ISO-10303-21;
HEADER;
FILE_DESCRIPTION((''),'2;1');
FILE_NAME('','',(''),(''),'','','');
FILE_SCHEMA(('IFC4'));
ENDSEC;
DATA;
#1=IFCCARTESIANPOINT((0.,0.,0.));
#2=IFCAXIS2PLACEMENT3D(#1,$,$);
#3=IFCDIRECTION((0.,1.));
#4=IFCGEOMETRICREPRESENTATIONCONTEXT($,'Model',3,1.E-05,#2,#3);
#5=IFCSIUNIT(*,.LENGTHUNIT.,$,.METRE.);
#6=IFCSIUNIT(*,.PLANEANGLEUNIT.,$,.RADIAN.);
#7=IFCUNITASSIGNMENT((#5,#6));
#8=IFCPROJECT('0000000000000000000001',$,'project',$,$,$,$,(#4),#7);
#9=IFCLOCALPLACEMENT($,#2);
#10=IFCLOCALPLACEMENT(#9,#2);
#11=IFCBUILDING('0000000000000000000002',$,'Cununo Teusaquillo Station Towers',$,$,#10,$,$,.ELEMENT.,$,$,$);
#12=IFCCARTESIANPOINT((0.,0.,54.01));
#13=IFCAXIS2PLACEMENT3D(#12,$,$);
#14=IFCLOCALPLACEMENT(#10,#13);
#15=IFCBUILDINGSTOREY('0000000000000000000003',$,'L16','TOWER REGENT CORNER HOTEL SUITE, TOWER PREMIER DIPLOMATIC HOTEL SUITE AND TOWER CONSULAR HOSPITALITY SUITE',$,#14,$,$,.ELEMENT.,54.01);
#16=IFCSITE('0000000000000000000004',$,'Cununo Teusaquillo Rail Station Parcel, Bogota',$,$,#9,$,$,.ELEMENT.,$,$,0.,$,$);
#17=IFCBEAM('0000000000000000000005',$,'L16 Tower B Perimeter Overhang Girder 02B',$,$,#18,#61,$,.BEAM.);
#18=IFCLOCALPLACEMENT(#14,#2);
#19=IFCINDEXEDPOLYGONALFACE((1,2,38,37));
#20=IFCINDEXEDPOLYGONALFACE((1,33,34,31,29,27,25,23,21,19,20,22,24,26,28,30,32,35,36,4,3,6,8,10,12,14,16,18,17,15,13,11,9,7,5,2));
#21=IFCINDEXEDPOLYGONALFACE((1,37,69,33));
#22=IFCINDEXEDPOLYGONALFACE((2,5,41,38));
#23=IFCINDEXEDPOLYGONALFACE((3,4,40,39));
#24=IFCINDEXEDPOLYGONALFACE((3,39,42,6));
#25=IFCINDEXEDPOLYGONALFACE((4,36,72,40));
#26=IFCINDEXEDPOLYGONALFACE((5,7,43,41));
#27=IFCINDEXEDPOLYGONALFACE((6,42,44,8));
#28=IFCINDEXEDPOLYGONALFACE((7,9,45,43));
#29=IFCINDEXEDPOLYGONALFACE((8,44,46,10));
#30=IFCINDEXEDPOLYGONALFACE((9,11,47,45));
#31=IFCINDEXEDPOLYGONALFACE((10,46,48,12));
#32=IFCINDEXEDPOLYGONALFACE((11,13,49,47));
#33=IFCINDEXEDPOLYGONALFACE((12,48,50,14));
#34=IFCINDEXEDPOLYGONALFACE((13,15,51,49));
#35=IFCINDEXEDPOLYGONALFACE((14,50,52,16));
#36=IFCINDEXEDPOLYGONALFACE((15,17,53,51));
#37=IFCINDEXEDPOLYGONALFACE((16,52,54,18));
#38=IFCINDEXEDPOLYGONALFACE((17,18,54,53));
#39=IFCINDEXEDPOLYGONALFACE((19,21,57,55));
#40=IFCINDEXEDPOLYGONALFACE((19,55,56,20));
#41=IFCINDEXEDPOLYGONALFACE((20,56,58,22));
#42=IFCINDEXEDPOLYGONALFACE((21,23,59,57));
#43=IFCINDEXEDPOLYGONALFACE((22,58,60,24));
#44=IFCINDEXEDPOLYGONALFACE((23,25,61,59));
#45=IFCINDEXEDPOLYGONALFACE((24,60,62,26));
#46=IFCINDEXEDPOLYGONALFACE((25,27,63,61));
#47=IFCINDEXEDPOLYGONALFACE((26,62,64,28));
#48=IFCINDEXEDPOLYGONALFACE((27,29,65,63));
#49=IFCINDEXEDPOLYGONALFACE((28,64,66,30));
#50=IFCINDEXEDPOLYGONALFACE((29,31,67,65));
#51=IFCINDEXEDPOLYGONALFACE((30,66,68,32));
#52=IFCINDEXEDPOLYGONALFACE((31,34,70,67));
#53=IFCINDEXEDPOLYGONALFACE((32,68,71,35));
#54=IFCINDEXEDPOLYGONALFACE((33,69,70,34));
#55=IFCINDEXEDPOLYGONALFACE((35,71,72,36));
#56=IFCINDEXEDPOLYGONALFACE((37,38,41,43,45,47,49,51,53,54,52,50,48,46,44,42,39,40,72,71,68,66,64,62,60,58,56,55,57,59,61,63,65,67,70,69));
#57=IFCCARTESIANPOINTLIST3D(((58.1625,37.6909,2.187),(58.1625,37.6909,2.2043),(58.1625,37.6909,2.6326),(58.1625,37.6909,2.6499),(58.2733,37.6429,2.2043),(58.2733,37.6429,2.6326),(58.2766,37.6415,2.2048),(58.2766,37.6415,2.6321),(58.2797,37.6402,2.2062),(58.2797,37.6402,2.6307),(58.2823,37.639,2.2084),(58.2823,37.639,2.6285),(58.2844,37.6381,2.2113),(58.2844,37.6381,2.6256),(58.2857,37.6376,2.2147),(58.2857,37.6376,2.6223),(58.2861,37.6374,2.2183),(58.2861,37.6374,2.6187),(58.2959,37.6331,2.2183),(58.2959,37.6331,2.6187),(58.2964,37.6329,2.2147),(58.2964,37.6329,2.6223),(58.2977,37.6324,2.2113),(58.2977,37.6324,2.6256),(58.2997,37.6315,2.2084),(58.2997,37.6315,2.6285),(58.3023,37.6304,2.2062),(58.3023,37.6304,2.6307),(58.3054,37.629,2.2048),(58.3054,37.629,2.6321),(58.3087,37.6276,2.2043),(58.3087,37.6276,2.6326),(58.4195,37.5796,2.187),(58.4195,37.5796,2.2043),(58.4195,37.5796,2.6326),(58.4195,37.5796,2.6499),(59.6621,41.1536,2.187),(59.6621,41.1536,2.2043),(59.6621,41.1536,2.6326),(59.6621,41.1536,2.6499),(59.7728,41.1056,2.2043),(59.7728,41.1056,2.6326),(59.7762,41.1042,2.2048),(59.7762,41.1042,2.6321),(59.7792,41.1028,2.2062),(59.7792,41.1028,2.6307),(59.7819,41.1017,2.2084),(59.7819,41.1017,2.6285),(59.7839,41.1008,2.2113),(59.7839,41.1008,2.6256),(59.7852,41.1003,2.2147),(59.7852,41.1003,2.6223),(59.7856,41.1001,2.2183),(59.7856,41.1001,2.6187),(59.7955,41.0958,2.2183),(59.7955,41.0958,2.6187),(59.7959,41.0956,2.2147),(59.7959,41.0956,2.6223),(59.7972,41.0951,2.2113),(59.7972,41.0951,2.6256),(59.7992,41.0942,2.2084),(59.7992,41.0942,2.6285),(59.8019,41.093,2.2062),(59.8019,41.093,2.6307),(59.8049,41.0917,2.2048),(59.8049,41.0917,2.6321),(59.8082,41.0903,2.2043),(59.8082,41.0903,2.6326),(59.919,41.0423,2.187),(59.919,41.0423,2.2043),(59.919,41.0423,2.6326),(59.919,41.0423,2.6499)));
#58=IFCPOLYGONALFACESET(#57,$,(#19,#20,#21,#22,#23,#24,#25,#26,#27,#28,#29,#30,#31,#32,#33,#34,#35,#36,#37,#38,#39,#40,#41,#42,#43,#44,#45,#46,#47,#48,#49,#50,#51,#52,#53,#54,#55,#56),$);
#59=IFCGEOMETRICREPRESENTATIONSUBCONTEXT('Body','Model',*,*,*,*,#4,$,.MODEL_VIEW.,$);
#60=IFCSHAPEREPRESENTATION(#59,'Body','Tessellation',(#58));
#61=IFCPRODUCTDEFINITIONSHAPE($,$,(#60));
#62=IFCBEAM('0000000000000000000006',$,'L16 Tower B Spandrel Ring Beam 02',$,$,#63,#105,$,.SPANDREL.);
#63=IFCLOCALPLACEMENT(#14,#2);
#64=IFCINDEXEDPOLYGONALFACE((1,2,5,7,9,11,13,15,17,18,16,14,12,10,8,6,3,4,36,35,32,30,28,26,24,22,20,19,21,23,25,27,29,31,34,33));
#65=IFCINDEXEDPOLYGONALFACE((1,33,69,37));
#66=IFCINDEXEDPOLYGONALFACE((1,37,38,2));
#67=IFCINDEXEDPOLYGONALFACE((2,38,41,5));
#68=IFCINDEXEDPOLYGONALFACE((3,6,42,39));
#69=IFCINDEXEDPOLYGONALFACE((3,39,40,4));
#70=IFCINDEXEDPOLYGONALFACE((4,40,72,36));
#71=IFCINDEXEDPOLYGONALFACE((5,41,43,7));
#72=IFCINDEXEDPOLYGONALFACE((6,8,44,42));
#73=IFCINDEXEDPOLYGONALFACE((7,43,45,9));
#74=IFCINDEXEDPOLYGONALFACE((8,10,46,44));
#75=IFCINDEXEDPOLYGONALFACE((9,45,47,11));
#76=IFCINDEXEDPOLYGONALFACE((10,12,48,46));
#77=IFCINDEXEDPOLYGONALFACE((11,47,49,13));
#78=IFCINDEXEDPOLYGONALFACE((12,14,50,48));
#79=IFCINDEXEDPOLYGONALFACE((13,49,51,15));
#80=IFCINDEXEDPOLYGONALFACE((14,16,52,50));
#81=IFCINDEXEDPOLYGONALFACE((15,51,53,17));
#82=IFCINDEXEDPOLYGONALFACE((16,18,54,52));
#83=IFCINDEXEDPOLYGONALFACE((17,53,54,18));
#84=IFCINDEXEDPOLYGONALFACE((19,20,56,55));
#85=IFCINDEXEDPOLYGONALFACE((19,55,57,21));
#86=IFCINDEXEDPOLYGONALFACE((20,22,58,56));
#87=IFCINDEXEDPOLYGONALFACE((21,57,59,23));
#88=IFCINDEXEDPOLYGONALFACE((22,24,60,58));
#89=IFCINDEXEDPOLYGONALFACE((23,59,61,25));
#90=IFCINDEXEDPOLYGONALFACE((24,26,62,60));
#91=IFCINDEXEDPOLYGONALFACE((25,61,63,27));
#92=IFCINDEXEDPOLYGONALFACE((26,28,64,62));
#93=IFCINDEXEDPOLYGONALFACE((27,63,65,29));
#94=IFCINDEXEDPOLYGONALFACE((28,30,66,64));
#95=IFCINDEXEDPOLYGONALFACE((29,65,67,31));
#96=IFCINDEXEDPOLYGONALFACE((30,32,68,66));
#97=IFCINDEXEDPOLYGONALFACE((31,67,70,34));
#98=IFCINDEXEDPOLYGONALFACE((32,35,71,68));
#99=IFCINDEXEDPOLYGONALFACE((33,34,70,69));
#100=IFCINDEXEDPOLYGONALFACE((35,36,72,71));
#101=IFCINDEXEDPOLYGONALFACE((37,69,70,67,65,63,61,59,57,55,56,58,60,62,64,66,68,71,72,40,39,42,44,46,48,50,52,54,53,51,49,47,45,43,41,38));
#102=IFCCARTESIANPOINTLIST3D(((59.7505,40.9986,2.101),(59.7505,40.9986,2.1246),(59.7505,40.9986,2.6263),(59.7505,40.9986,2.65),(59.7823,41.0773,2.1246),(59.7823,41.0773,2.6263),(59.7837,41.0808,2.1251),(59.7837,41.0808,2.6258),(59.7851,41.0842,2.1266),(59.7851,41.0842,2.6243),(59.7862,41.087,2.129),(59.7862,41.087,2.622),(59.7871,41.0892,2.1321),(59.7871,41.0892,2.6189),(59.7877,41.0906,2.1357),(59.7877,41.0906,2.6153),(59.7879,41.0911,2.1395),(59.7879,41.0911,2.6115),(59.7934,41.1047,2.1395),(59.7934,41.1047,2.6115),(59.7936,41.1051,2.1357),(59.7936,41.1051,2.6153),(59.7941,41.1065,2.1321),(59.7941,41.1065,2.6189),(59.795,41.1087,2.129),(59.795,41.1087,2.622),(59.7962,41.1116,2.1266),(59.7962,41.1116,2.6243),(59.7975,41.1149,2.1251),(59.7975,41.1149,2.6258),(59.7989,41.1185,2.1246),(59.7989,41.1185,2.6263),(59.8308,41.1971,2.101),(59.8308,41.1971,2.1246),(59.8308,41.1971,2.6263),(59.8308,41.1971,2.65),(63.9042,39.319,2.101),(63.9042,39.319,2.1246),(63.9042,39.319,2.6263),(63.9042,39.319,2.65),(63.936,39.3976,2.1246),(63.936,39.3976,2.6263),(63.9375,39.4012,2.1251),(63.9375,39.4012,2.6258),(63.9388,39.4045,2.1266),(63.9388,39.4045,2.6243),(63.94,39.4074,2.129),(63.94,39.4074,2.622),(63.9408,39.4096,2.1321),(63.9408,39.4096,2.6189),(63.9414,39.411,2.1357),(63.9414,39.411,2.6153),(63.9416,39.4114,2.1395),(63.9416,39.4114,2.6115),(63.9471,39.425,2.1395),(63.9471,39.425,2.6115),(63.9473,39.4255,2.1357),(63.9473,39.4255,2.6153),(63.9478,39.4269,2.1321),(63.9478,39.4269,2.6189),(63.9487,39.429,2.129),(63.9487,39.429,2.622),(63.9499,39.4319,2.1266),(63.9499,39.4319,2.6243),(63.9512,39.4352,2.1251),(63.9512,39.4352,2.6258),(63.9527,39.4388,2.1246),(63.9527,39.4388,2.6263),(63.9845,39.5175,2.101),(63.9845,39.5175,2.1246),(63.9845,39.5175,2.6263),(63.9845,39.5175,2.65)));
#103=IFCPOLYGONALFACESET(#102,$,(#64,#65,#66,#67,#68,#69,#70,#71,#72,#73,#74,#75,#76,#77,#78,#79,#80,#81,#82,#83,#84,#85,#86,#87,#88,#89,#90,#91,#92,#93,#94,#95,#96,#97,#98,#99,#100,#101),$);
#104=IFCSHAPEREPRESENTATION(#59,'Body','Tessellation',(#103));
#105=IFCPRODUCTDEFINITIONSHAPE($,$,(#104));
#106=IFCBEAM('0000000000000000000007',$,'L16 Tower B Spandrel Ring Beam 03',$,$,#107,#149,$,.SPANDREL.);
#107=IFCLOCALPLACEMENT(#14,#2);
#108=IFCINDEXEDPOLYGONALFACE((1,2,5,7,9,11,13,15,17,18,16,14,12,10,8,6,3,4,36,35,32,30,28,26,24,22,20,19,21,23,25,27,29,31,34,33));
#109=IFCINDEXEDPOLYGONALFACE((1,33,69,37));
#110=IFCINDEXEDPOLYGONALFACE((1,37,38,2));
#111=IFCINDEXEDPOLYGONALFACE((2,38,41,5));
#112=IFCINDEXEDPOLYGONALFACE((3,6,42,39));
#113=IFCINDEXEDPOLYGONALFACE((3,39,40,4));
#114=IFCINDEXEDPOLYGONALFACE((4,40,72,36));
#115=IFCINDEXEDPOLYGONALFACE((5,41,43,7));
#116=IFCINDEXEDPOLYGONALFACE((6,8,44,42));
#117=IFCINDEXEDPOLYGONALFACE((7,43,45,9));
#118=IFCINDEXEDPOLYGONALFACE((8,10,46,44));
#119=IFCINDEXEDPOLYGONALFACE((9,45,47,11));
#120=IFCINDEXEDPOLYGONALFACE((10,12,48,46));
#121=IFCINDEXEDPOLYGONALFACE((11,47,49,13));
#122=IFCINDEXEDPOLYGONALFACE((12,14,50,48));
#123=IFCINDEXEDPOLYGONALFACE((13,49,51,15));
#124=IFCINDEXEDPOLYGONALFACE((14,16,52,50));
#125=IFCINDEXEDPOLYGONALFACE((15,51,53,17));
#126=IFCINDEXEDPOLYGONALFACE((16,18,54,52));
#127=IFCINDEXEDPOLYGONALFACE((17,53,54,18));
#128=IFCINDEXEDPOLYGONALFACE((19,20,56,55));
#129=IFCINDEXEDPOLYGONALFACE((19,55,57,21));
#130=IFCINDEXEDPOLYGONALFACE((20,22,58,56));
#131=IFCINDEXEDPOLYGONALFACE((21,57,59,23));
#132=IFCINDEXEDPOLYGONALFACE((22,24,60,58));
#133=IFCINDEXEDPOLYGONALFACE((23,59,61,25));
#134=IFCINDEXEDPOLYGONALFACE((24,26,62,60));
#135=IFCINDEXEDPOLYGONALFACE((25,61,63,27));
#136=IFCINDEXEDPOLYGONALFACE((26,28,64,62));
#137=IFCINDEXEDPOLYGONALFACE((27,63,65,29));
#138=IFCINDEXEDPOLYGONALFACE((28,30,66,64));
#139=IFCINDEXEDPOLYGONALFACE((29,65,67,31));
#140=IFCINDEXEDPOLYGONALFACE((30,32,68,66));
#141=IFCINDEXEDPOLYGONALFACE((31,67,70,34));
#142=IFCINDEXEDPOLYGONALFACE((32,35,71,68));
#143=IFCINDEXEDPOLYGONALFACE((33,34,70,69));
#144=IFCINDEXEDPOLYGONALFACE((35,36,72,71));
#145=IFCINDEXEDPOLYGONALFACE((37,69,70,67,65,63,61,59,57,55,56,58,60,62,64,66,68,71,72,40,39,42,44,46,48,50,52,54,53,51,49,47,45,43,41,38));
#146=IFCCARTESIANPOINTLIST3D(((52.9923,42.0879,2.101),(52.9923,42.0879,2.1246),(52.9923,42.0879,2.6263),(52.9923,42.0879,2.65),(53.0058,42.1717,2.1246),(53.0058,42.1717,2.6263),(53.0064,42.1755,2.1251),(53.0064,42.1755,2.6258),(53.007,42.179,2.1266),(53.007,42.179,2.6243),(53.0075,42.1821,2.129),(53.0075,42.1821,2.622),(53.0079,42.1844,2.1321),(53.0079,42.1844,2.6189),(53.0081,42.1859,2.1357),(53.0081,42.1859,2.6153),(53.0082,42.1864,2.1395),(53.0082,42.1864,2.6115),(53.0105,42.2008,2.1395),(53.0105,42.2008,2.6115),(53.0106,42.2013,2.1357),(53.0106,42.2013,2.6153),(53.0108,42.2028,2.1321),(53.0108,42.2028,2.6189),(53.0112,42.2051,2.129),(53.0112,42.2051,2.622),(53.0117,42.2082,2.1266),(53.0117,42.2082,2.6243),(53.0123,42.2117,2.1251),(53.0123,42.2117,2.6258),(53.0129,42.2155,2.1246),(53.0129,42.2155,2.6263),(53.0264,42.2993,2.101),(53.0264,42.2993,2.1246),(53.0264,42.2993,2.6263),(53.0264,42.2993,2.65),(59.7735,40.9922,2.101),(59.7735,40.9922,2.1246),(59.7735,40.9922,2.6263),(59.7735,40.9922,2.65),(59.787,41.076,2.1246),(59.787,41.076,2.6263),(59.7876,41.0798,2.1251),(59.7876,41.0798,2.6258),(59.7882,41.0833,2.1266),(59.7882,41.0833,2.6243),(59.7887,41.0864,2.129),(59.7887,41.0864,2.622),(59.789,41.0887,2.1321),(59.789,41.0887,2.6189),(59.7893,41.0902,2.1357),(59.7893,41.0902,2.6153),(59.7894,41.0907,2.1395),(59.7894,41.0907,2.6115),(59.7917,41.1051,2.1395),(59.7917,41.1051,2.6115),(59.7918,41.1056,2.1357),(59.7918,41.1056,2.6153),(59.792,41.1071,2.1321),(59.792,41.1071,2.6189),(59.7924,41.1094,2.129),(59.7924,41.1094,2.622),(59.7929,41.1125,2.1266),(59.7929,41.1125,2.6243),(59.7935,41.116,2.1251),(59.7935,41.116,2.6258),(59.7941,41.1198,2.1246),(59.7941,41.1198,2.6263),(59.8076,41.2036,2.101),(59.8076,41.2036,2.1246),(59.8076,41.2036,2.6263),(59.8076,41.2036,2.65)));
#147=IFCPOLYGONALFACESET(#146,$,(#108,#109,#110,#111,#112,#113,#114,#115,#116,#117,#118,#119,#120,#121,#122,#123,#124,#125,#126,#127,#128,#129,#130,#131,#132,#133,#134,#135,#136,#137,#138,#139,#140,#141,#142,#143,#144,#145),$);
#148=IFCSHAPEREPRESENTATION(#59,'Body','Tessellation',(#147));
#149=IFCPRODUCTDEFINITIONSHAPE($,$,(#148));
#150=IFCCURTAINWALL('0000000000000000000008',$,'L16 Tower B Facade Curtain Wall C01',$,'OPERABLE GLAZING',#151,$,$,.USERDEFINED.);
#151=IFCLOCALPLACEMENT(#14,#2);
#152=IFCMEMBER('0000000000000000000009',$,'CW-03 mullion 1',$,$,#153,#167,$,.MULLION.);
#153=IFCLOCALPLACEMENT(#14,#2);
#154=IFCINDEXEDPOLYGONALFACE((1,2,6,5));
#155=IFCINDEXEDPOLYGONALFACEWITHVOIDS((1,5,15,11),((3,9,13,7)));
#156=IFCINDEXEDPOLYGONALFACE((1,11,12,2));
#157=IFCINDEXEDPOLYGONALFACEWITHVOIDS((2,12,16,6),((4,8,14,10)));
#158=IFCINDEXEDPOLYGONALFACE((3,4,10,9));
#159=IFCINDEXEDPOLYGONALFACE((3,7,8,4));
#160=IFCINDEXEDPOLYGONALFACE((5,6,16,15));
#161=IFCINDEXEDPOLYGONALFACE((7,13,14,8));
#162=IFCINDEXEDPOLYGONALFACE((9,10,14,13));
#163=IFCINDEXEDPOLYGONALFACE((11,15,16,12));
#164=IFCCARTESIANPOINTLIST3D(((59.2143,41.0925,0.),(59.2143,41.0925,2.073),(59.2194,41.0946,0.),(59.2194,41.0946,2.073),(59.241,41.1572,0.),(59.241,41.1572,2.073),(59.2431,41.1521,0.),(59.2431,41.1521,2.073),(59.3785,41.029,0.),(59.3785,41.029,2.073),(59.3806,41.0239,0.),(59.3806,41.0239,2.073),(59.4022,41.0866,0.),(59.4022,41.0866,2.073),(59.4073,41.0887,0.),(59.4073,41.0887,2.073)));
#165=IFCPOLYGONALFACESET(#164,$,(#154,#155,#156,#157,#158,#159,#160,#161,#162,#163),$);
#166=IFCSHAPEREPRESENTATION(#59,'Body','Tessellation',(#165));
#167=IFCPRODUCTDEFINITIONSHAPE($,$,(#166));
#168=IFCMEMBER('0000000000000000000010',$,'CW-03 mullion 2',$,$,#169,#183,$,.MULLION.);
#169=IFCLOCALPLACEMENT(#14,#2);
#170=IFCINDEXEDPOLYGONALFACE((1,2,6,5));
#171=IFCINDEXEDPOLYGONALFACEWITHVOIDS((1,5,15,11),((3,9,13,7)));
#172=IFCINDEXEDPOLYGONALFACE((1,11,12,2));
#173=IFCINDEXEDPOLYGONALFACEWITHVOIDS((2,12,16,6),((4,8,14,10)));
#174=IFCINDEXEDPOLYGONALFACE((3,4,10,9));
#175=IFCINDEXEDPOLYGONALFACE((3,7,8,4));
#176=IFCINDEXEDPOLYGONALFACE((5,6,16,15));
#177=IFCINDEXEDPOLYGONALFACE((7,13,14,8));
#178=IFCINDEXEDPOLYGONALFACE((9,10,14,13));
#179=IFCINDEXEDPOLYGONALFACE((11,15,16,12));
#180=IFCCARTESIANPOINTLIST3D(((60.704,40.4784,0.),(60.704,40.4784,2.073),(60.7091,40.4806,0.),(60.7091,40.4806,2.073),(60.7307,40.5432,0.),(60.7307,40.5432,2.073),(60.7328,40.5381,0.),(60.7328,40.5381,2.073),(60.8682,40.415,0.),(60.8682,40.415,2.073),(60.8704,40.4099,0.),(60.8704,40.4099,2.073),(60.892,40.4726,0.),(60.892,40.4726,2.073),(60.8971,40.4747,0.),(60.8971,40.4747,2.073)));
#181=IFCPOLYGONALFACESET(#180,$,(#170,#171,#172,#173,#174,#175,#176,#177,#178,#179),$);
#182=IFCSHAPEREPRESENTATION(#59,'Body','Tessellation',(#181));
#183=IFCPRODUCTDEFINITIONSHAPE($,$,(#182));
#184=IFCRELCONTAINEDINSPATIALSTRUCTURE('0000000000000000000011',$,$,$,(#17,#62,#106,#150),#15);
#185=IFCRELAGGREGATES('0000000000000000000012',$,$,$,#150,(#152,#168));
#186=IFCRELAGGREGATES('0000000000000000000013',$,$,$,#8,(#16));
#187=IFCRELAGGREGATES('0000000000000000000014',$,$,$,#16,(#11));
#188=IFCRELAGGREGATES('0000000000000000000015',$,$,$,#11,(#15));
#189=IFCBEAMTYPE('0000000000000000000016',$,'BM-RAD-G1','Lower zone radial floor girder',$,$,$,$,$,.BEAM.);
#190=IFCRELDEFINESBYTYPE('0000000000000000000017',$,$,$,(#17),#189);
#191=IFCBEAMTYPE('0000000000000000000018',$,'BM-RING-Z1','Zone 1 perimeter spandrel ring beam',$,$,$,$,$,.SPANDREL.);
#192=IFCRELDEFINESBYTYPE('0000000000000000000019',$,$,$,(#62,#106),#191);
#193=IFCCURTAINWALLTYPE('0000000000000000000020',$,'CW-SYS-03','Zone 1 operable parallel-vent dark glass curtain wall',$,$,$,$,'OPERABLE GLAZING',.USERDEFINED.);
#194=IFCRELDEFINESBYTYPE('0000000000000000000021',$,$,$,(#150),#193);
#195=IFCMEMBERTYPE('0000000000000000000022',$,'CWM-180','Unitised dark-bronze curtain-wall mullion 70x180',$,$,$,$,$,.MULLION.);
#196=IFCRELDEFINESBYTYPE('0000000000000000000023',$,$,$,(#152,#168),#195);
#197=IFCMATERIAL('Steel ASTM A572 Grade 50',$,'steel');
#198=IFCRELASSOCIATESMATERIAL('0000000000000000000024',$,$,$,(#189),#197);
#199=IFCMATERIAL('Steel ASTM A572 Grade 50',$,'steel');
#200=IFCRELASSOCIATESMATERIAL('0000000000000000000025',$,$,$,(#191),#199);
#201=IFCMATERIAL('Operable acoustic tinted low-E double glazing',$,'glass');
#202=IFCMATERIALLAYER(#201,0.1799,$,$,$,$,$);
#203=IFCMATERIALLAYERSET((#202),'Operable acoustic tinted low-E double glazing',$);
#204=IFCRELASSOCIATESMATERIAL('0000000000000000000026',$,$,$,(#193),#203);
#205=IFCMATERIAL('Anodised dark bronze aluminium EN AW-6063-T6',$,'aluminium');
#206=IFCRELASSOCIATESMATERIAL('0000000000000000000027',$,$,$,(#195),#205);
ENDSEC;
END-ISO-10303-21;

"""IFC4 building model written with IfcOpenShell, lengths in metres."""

from ifc_helpers import new_model, si_unit, direction, frame, origin, origin_2d, place, context, subcontext, project, spatial, hollow_rectangle, i_section, extrude, material, layer, layer_set, material_profile, profile_set, type_object, element, aggregate, save


model = new_model("IFC4")

# Units and contexts
model_context = context("Model", 3, precision=1e-05, world=origin(), true_north=direction((0.0, 1.0)))
body_context = subcontext(model_context, "Body", "Model", "MODEL_VIEW")
ifc_project = project(units=[si_unit("LENGTHUNIT", "METRE"), si_unit("PLANEANGLEUNIT", "RADIAN")], contexts=[model_context])

# Site, building, storey
site_placement = place(None, origin())
site = spatial("IfcSite", under=ifc_project, at=site_placement, Name="Cununo Teusaquillo Rail Station Parcel, Bogota", CompositionType="ELEMENT", RefElevation=0.0)
building_placement = place(site_placement, origin())
building = spatial("IfcBuilding", under=site, at=building_placement, Name="Cununo Teusaquillo Station Towers", CompositionType="ELEMENT")
storey_placement = place(building_placement, frame((0.0, 0.0, 54.01)))
storey = spatial("IfcBuildingStorey", under=building, at=storey_placement, Name="L16", Description="TOWER REGENT CORNER HOTEL SUITE, TOWER PREMIER DIPLOMATIC HOTEL SUITE AND TOWER CONSULAR HOSPITALITY SUITE", CompositionType="ELEMENT", Elevation=54.01)

# Beams
ifc_material_1 = material(Name="Steel ASTM A572 Grade 50", Category="steel")
ifc_material_profile_1 = material_profile(ifc_material_1, i_section(OverallWidth=0.28, OverallDepth=0.4629, WebThickness=0.0107, FlangeThickness=0.0173, FilletRadius=0.0139, at=origin_2d()), Name="W18X76")
ifc_profile_set_1 = profile_set([ifc_material_profile_1], Name="Steel ASTM A572 Grade 50")
beam_type_1 = type_object("IfcBeamType", Name="BM-RAD-G1", Description="Lower zone radial floor girder", PredefinedType="BEAM", material=ifc_profile_set_1)
beam_1_placement = place(storey_placement, frame((58.291, 37.6353, 2.4185), z_axis=(0.397391, 0.917649, 0.0), x_axis=(-0.917649, 0.397391, 0.0)))
element("IfcBeam", 1, at=beam_1_placement, inside=storey, type_object=beam_type_1, Name="L16 Tower B Perimeter Overhang Girder 02B", PredefinedType="BEAM", context=body_context, shape_type="SweptSolid", body=[
    extrude(i_section(OverallWidth=0.28, OverallDepth=0.4629, WebThickness=0.0107, FlangeThickness=0.0173, FilletRadius=0.0139, at=origin_2d()), origin(), (0.0, 0.0, 1.0), 3.7734),
])
ifc_material_2 = material(Name="Steel ASTM A572 Grade 50", Category="steel")
ifc_material_profile_2 = material_profile(ifc_material_2, i_section(OverallWidth=0.2141, OverallDepth=0.5491, WebThickness=0.0146, FlangeThickness=0.0237, FilletRadius=0.0149, at=origin_2d()), Name="W21X93")
ifc_profile_set_2 = profile_set([ifc_material_profile_2], Name="Steel ASTM A572 Grade 50")
beam_type_2 = type_object("IfcBeamType", Name="BM-RING-Z1", Description="Zone 1 perimeter spandrel ring beam", PredefinedType="SPANDREL", material=ifc_profile_set_2)
beam_2_placement = place(storey_placement, frame((63.9443, 39.4182, 2.3755), z_axis=(-0.927072, 0.374883, 0.0), x_axis=(-0.374883, -0.927072, 0.0)))
element("IfcBeam", 2, at=beam_2_placement, inside=storey, type_object=beam_type_2, Name="L16 Tower B Spandrel Ring Beam 02", PredefinedType="SPANDREL", context=body_context, shape_type="SweptSolid", body=[
    extrude(i_section(OverallWidth=0.2141, OverallDepth=0.5491, WebThickness=0.0146, FlangeThickness=0.0237, FilletRadius=0.0149, at=origin_2d()), origin(), (0.0, 0.0, 1.0), 4.4805),
])
beam_3_placement = place(storey_placement, frame((59.7905, 41.0979, 2.3755), z_axis=(-0.987196, 0.15951, 0.0), x_axis=(-0.15951, -0.987196, 0.0)))
element("IfcBeam", 3, at=beam_3_placement, inside=storey, type_object=beam_type_2, Name="L16 Tower B Spandrel Ring Beam 03", PredefinedType="SPANDREL", context=body_context, shape_type="SweptSolid", body=[
    extrude(i_section(OverallWidth=0.2141, OverallDepth=0.5491, WebThickness=0.0146, FlangeThickness=0.0237, FilletRadius=0.0149, at=origin_2d()), origin(), (0.0, 0.0, 1.0), 6.8691),
])

# Curtain wall, members
ifc_material_3 = material(Name="Operable acoustic tinted low-E double glazing", Category="glass")
ifc_layer_1 = layer(ifc_material_3, 0.1799)
ifc_layer_set_1 = layer_set([ifc_layer_1], Name="Operable acoustic tinted low-E double glazing")
curtain_wall_type = type_object("IfcCurtainWallType", Name="CW-SYS-03", Description="Zone 1 operable parallel-vent dark glass curtain wall", ElementType="OPERABLE GLAZING", PredefinedType="USERDEFINED", material=ifc_layer_set_1)
curtain_wall_placement = place(storey_placement, origin())
curtain_wall = element("IfcCurtainWall", 4, at=curtain_wall_placement, inside=storey, type_object=curtain_wall_type, Name="L16 Tower B Facade Curtain Wall C01", ObjectType="OPERABLE GLAZING", PredefinedType="USERDEFINED")
ifc_material_4 = material(Name="Anodised dark bronze aluminium EN AW-6063-T6", Category="aluminium")
ifc_material_profile_3 = material_profile(ifc_material_4, hollow_rectangle(XDim=0.0701, YDim=0.1799, WallThickness=0.0039, at=origin_2d()), Name="CW-MULL-70x180")
ifc_profile_set_3 = profile_set([ifc_material_profile_3], Name="Anodised dark bronze aluminium EN AW-6063-T6")
member_type_1 = type_object("IfcMemberType", Name="CWM-180", Description="Unitised dark-bronze curtain-wall mullion 70x180", PredefinedType="MULLION", material=ifc_profile_set_3)
member_1_placement = place(storey_placement, frame((59.3108, 41.0906, 0.0), z_axis=(0.0, 0.0, 1.0), x_axis=(0.381006, 0.924572, 0.0)))
member_1 = element("IfcMember", 5, at=member_1_placement, type_object=member_type_1, Name="CW-03 mullion 1", PredefinedType="MULLION", context=body_context, shape_type="SweptSolid", body=[
    extrude(hollow_rectangle(XDim=0.0701, YDim=0.1799, WallThickness=0.0039, at=origin_2d()), origin(), (0.0, 0.0, 1.0), 2.073),
])
member_2_placement = place(storey_placement, frame((60.8005, 40.4766, 0.0), z_axis=(0.0, 0.0, 1.0), x_axis=(0.381006, 0.924572, 0.0)))
member_2 = element("IfcMember", 6, at=member_2_placement, type_object=member_type_1, Name="CW-03 mullion 2", PredefinedType="MULLION", context=body_context, shape_type="SweptSolid", body=[
    extrude(hollow_rectangle(XDim=0.0701, YDim=0.1799, WallThickness=0.0039, at=origin_2d()), origin(), (0.0, 0.0, 1.0), 2.073),
])

aggregate(curtain_wall, [member_1, member_2])

save(model, "model.ifc")
